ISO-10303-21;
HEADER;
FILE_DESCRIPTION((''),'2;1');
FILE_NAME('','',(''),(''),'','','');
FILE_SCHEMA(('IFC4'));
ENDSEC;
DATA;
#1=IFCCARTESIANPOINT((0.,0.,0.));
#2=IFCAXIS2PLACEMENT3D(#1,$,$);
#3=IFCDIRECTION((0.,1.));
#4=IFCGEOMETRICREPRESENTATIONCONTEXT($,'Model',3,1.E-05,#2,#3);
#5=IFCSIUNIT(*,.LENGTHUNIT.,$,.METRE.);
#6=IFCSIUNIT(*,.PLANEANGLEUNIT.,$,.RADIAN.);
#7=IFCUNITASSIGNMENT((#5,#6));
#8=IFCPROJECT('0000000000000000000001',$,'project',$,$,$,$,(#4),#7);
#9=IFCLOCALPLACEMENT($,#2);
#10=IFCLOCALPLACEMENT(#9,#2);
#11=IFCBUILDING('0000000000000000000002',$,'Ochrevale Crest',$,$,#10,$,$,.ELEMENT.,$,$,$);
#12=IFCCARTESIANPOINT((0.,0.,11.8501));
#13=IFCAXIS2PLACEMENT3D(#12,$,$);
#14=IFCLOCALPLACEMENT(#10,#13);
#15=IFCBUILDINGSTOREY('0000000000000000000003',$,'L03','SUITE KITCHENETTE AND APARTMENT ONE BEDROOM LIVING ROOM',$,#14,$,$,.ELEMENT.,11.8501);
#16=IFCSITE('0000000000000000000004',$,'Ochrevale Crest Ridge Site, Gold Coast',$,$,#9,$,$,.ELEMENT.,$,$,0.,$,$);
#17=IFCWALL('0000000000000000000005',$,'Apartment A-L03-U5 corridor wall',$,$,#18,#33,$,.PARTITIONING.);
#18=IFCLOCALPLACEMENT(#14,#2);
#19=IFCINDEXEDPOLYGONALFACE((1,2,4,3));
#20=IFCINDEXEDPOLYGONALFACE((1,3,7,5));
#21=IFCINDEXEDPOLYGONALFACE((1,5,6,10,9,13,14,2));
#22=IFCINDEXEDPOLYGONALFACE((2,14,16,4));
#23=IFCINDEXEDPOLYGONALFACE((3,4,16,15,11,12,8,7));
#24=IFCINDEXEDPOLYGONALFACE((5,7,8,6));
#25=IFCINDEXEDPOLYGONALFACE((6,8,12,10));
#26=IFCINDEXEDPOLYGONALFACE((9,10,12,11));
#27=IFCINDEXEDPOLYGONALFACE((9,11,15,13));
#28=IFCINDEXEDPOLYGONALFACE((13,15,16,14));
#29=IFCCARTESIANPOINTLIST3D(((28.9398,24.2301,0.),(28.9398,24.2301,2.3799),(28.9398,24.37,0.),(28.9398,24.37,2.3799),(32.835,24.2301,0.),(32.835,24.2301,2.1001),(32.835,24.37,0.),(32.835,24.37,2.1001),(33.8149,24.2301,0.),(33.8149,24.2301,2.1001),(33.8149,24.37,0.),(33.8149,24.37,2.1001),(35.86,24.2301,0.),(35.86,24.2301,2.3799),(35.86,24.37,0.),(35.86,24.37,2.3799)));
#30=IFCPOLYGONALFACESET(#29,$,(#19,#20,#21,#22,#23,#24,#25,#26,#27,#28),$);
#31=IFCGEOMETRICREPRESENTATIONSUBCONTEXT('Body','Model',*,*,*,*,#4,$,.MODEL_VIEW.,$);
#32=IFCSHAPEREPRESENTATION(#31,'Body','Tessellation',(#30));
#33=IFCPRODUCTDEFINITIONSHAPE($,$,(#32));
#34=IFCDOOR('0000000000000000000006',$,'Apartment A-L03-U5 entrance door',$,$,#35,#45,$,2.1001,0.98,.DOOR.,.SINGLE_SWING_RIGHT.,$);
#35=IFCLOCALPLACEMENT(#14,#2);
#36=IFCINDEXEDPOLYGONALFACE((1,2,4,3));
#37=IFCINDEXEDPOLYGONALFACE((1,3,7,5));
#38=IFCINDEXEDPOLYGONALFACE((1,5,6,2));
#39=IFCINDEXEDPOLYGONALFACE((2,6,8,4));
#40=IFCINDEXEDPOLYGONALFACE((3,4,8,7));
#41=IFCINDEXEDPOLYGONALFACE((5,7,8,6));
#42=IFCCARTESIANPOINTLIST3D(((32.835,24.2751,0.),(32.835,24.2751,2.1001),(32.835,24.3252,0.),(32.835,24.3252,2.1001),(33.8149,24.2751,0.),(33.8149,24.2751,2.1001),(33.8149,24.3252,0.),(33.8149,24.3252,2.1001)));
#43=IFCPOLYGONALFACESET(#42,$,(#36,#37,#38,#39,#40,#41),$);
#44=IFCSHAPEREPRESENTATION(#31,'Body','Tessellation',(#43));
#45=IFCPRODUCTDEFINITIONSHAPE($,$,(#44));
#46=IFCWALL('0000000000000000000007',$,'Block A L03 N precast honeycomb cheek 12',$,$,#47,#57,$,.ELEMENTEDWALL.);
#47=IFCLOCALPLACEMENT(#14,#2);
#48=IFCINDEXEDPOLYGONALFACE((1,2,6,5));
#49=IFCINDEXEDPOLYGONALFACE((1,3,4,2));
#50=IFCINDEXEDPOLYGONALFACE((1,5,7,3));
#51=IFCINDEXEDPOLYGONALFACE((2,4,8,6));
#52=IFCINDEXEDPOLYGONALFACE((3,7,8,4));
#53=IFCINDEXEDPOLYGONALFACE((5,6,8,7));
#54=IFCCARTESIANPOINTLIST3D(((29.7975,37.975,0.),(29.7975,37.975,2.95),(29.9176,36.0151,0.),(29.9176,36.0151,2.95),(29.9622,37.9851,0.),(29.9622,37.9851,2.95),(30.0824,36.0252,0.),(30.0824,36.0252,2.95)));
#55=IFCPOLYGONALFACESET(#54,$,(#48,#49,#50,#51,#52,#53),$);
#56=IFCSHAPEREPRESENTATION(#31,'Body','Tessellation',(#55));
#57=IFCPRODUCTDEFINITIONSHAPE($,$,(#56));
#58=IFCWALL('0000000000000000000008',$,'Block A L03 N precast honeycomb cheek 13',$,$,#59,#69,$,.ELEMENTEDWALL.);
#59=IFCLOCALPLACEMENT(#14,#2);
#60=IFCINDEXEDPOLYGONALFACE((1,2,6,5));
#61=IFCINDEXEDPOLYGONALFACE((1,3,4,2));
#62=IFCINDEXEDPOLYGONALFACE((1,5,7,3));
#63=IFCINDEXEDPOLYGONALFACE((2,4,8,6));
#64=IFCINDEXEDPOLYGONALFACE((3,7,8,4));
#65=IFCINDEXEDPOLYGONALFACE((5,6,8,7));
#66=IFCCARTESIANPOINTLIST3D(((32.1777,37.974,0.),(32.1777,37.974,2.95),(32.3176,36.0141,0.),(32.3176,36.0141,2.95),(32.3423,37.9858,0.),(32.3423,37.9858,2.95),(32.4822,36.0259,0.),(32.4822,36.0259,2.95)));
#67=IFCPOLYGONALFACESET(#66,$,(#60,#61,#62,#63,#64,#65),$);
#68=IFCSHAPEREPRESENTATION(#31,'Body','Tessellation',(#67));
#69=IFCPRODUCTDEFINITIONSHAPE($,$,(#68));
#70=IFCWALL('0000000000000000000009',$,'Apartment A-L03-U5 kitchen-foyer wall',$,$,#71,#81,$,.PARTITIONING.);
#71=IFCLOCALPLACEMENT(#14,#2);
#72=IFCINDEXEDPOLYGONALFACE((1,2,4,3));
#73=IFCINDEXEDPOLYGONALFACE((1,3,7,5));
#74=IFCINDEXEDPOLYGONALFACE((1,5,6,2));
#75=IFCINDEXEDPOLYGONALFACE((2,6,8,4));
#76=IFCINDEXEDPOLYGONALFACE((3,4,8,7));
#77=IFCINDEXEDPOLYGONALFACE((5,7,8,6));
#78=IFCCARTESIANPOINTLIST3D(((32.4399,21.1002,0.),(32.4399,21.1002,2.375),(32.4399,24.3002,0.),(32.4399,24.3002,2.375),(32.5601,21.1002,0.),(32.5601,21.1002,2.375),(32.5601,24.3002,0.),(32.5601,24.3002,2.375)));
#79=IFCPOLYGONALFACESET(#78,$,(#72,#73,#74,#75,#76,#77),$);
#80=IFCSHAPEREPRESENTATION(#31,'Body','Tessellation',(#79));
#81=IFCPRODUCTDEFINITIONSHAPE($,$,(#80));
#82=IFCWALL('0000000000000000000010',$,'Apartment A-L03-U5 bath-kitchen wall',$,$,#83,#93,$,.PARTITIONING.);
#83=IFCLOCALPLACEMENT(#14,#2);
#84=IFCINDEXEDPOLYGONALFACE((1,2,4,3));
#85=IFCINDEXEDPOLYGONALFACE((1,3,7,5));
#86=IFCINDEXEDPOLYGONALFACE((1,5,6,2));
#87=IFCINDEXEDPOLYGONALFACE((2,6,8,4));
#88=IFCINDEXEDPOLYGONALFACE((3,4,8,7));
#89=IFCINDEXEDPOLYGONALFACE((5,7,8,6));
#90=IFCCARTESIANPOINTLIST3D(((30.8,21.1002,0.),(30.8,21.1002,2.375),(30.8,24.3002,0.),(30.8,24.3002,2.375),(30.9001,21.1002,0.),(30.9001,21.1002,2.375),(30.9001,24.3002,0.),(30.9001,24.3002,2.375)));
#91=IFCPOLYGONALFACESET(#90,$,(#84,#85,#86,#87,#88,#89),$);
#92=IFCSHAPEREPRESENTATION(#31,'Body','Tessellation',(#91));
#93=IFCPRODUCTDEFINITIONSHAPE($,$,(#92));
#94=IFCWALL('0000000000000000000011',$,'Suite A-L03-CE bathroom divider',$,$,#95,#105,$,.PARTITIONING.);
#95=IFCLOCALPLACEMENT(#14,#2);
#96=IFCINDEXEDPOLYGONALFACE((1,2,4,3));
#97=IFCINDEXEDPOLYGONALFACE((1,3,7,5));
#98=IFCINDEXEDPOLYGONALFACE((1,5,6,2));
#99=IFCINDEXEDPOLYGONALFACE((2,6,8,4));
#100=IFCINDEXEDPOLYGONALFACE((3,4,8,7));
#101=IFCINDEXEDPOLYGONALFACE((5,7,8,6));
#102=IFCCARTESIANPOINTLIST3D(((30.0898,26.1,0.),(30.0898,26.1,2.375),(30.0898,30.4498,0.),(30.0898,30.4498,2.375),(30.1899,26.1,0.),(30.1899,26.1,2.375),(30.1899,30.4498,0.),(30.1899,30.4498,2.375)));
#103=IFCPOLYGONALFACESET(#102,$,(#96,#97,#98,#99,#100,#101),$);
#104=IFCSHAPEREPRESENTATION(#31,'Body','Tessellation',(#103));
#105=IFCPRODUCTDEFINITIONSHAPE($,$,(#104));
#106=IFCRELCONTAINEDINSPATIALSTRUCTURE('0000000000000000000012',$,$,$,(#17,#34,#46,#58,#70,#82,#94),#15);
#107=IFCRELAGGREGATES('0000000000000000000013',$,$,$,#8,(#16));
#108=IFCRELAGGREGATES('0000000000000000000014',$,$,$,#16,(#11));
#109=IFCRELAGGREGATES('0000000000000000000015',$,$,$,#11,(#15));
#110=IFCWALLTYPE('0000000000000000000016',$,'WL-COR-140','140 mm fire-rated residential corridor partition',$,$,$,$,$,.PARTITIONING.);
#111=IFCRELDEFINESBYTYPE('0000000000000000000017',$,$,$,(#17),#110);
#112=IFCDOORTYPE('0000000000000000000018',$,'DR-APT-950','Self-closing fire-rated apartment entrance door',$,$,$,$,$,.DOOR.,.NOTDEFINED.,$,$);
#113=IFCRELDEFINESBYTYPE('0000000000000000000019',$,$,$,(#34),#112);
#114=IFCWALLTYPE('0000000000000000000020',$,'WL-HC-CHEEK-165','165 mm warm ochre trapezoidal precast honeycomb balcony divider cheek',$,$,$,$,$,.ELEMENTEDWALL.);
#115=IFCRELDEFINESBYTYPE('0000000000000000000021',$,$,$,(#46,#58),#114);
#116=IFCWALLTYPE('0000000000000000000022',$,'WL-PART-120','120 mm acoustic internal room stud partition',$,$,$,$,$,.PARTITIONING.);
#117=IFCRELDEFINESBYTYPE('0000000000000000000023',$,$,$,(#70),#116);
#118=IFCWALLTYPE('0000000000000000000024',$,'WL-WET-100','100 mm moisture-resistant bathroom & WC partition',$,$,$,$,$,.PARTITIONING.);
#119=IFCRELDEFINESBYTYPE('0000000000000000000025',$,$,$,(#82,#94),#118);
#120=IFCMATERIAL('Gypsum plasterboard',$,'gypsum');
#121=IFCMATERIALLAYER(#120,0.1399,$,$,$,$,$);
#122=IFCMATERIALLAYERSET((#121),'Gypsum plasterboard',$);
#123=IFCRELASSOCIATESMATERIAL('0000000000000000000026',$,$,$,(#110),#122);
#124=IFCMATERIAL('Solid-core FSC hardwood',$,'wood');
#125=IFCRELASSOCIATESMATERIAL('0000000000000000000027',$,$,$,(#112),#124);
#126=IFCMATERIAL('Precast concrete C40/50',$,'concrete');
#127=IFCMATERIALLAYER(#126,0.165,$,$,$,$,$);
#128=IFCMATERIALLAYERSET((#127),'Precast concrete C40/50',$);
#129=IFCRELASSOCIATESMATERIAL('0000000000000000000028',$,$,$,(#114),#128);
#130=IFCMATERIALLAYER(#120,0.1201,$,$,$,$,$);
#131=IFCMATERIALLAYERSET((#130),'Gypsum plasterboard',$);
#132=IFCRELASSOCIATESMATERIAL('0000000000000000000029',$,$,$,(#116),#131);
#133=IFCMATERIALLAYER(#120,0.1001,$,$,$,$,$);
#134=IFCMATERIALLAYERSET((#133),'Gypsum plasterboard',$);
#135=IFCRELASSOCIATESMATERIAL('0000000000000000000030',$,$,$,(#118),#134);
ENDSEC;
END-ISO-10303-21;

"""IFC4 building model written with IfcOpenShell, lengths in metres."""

from ifc_helpers import new_model, si_unit, direction, frame, frame_2d, origin, place, context, subcontext, project, spatial, rectangle, extrude, material, layer, layer_set, type_object, element, fill, save


model = new_model("IFC4")

# Units and contexts
model_context = context("Model", 3, precision=1e-05, world=origin(), true_north=direction((0.0, 1.0)))
body_context = subcontext(model_context, "Body", "Model", "MODEL_VIEW")
ifc_project = project(units=[si_unit("LENGTHUNIT", "METRE"), si_unit("PLANEANGLEUNIT", "RADIAN")], contexts=[model_context])

# Site, building, storey
site_placement = place(None, origin())
site = spatial("IfcSite", under=ifc_project, at=site_placement, Name="Ochrevale Crest Ridge Site, Gold Coast", CompositionType="ELEMENT", RefElevation=0.0)
building_placement = place(site_placement, origin())
building = spatial("IfcBuilding", under=site, at=building_placement, Name="Ochrevale Crest", CompositionType="ELEMENT")
storey_placement = place(building_placement, frame((0.0, 0.0, 11.8501)))
storey = spatial("IfcBuildingStorey", under=building, at=storey_placement, Name="L03", Description="SUITE KITCHENETTE AND APARTMENT ONE BEDROOM LIVING ROOM", CompositionType="ELEMENT", Elevation=11.8501)

# Shared definitions
ifc_material_1 = material(Name="Precast concrete C40/50", Category="concrete")

# Wall, opening, door
ifc_material_2 = material(Name="Gypsum plasterboard", Category="gypsum")
ifc_layer_1 = layer(ifc_material_2, 0.1399)
ifc_layer_set_1 = layer_set([ifc_layer_1], Name="Gypsum plasterboard")
wall_type_1 = type_object("IfcWallType", Name="WL-COR-140", Description="140 mm fire-rated residential corridor partition", PredefinedType="PARTITIONING", material=ifc_layer_set_1)
wall_1_placement = place(storey_placement, frame((28.9399, 24.3, 0.0), z_axis=(0.0, 0.0, 1.0), x_axis=(1.0, 0.0, 0.0)))
wall_1 = element("IfcWall", 1, at=wall_1_placement, inside=storey, type_object=wall_type_1, Name="Apartment A-L03-U5 corridor wall", PredefinedType="PARTITIONING", context=body_context, shape_type="SweptSolid", body=[
    extrude(rectangle(XDim=6.9202, YDim=0.1399, at=frame_2d((3.46, 0.0))), origin(), (0.0, 0.0, 1.0), 2.3799),
])
opening_1_placement = place(wall_1_placement, frame((4.875, 0.0, 0.0), z_axis=(0.0, 0.0, 1.0), x_axis=(-1.0, 0.0, 0.0)))
opening_1 = element("IfcOpeningElement", 2, at=opening_1_placement, cuts=wall_1, PredefinedType="OPENING", context=body_context, shape_type="SweptSolid", body=[
    extrude(rectangle(XDim=0.98, YDim=2.1001, at=frame_2d((0.49, 1.05))), frame((0.0, 0.0801, 0.0), z_axis=(0.0, -1.0, 0.0), x_axis=(1.0, 0.0, 0.0)), (0.0, 0.0, 1.0), 0.1599),
])
ifc_material_3 = material(Name="Solid-core FSC hardwood", Category="wood")
door_type_1 = type_object("IfcDoorType", Name="DR-APT-950", Description="Self-closing fire-rated apartment entrance door", OperationType="NOTDEFINED", PredefinedType="DOOR", material=ifc_material_3)
door_1_placement = place(opening_1_placement, origin())
door_1 = element("IfcDoor", 3, at=door_1_placement, inside=storey, type_object=door_type_1, Name="Apartment A-L03-U5 entrance door", OperationType="SINGLE_SWING_RIGHT", OverallHeight=2.1001, OverallWidth=0.98, PredefinedType="DOOR", context=body_context, shape_type="SweptSolid", body=[
    extrude(rectangle(XDim=0.98, YDim=2.1001, at=frame_2d((0.49, 1.05))), frame((0.0, 0.0249, 0.0), z_axis=(0.0, -1.0, 0.0), x_axis=(1.0, 0.0, 0.0)), (0.0, 0.0, 1.0), 0.05),
])
fill(opening_1, door_1)

# Walls
ifc_layer_2 = layer(ifc_material_1, 0.165)
ifc_layer_set_2 = layer_set([ifc_layer_2], Name="Precast concrete C40/50")
wall_type_2 = type_object("IfcWallType", Name="WL-HC-CHEEK-165", Description="165 mm warm ochre trapezoidal precast honeycomb balcony divider cheek", PredefinedType="ELEMENTEDWALL", material=ifc_layer_set_2)
wall_2_placement = place(storey_placement, frame((30.0, 36.02, 0.0), z_axis=(0.0, 0.0, 1.0), x_axis=(-0.061171, 0.998127, 0.0)))
element("IfcWall", 4, at=wall_2_placement, inside=storey, type_object=wall_type_2, Name="Block A L03 N precast honeycomb cheek 12", PredefinedType="ELEMENTEDWALL", context=body_context, shape_type="SweptSolid", body=[
    extrude(rectangle(XDim=1.9636, YDim=0.165, at=frame_2d((0.9819, 0.0))), origin(), (0.0, 0.0, 1.0), 2.95),
])
wall_3_placement = place(storey_placement, frame((32.3999, 36.02, 0.0), z_axis=(0.0, 0.0, 1.0), x_axis=(-0.071194, 0.997462, 0.0)))
element("IfcWall", 5, at=wall_3_placement, inside=storey, type_object=wall_type_2, Name="Block A L03 N precast honeycomb cheek 13", PredefinedType="ELEMENTEDWALL", context=body_context, shape_type="SweptSolid", body=[
    extrude(rectangle(XDim=1.9648, YDim=0.165, at=frame_2d((0.9824, 0.0))), origin(), (0.0, 0.0, 1.0), 2.95),
])
ifc_layer_3 = layer(ifc_material_2, 0.1201)
ifc_layer_set_3 = layer_set([ifc_layer_3], Name="Gypsum plasterboard")
wall_type_3 = type_object("IfcWallType", Name="WL-PART-120", Description="120 mm acoustic internal room stud partition", PredefinedType="PARTITIONING", material=ifc_layer_set_3)
wall_4_placement = place(storey_placement, frame((32.5, 21.1001, 0.0), z_axis=(0.0, 0.0, 1.0), x_axis=(0.0, 1.0, 0.0)))
element("IfcWall", 6, at=wall_4_placement, inside=storey, type_object=wall_type_3, Name="Apartment A-L03-U5 kitchen-foyer wall", PredefinedType="PARTITIONING", context=body_context, shape_type="SweptSolid", body=[
    extrude(rectangle(XDim=3.2, YDim=0.1201, at=frame_2d((1.6001, 0.0))), origin(), (0.0, 0.0, 1.0), 2.375),
])
ifc_layer_4 = layer(ifc_material_2, 0.1001)
ifc_layer_set_4 = layer_set([ifc_layer_4], Name="Gypsum plasterboard")
wall_type_4 = type_object("IfcWallType", Name="WL-WET-100", Description="100 mm moisture-resistant bathroom & WC partition", PredefinedType="PARTITIONING", material=ifc_layer_set_4)
wall_5_placement = place(storey_placement, frame((30.8501, 21.1001, 0.0), z_axis=(0.0, 0.0, 1.0), x_axis=(0.0, 1.0, 0.0)))
element("IfcWall", 7, at=wall_5_placement, inside=storey, type_object=wall_type_4, Name="Apartment A-L03-U5 bath-kitchen wall", PredefinedType="PARTITIONING", context=body_context, shape_type="SweptSolid", body=[
    extrude(rectangle(XDim=3.2, YDim=0.1001, at=frame_2d((1.6001, 0.0))), origin(), (0.0, 0.0, 1.0), 2.375),
])
wall_6_placement = place(storey_placement, frame((30.1399, 26.1001, 0.0), z_axis=(0.0, 0.0, 1.0), x_axis=(0.0, 1.0, 0.0)))
element("IfcWall", 8, at=wall_6_placement, inside=storey, type_object=wall_type_4, Name="Suite A-L03-CE bathroom divider", PredefinedType="PARTITIONING", context=body_context, shape_type="SweptSolid", body=[
    extrude(rectangle(XDim=4.3499, YDim=0.1001, at=frame_2d((2.1748, 0.0))), origin(), (0.0, 0.0, 1.0), 2.375),
])

save(model, "model.ifc")
